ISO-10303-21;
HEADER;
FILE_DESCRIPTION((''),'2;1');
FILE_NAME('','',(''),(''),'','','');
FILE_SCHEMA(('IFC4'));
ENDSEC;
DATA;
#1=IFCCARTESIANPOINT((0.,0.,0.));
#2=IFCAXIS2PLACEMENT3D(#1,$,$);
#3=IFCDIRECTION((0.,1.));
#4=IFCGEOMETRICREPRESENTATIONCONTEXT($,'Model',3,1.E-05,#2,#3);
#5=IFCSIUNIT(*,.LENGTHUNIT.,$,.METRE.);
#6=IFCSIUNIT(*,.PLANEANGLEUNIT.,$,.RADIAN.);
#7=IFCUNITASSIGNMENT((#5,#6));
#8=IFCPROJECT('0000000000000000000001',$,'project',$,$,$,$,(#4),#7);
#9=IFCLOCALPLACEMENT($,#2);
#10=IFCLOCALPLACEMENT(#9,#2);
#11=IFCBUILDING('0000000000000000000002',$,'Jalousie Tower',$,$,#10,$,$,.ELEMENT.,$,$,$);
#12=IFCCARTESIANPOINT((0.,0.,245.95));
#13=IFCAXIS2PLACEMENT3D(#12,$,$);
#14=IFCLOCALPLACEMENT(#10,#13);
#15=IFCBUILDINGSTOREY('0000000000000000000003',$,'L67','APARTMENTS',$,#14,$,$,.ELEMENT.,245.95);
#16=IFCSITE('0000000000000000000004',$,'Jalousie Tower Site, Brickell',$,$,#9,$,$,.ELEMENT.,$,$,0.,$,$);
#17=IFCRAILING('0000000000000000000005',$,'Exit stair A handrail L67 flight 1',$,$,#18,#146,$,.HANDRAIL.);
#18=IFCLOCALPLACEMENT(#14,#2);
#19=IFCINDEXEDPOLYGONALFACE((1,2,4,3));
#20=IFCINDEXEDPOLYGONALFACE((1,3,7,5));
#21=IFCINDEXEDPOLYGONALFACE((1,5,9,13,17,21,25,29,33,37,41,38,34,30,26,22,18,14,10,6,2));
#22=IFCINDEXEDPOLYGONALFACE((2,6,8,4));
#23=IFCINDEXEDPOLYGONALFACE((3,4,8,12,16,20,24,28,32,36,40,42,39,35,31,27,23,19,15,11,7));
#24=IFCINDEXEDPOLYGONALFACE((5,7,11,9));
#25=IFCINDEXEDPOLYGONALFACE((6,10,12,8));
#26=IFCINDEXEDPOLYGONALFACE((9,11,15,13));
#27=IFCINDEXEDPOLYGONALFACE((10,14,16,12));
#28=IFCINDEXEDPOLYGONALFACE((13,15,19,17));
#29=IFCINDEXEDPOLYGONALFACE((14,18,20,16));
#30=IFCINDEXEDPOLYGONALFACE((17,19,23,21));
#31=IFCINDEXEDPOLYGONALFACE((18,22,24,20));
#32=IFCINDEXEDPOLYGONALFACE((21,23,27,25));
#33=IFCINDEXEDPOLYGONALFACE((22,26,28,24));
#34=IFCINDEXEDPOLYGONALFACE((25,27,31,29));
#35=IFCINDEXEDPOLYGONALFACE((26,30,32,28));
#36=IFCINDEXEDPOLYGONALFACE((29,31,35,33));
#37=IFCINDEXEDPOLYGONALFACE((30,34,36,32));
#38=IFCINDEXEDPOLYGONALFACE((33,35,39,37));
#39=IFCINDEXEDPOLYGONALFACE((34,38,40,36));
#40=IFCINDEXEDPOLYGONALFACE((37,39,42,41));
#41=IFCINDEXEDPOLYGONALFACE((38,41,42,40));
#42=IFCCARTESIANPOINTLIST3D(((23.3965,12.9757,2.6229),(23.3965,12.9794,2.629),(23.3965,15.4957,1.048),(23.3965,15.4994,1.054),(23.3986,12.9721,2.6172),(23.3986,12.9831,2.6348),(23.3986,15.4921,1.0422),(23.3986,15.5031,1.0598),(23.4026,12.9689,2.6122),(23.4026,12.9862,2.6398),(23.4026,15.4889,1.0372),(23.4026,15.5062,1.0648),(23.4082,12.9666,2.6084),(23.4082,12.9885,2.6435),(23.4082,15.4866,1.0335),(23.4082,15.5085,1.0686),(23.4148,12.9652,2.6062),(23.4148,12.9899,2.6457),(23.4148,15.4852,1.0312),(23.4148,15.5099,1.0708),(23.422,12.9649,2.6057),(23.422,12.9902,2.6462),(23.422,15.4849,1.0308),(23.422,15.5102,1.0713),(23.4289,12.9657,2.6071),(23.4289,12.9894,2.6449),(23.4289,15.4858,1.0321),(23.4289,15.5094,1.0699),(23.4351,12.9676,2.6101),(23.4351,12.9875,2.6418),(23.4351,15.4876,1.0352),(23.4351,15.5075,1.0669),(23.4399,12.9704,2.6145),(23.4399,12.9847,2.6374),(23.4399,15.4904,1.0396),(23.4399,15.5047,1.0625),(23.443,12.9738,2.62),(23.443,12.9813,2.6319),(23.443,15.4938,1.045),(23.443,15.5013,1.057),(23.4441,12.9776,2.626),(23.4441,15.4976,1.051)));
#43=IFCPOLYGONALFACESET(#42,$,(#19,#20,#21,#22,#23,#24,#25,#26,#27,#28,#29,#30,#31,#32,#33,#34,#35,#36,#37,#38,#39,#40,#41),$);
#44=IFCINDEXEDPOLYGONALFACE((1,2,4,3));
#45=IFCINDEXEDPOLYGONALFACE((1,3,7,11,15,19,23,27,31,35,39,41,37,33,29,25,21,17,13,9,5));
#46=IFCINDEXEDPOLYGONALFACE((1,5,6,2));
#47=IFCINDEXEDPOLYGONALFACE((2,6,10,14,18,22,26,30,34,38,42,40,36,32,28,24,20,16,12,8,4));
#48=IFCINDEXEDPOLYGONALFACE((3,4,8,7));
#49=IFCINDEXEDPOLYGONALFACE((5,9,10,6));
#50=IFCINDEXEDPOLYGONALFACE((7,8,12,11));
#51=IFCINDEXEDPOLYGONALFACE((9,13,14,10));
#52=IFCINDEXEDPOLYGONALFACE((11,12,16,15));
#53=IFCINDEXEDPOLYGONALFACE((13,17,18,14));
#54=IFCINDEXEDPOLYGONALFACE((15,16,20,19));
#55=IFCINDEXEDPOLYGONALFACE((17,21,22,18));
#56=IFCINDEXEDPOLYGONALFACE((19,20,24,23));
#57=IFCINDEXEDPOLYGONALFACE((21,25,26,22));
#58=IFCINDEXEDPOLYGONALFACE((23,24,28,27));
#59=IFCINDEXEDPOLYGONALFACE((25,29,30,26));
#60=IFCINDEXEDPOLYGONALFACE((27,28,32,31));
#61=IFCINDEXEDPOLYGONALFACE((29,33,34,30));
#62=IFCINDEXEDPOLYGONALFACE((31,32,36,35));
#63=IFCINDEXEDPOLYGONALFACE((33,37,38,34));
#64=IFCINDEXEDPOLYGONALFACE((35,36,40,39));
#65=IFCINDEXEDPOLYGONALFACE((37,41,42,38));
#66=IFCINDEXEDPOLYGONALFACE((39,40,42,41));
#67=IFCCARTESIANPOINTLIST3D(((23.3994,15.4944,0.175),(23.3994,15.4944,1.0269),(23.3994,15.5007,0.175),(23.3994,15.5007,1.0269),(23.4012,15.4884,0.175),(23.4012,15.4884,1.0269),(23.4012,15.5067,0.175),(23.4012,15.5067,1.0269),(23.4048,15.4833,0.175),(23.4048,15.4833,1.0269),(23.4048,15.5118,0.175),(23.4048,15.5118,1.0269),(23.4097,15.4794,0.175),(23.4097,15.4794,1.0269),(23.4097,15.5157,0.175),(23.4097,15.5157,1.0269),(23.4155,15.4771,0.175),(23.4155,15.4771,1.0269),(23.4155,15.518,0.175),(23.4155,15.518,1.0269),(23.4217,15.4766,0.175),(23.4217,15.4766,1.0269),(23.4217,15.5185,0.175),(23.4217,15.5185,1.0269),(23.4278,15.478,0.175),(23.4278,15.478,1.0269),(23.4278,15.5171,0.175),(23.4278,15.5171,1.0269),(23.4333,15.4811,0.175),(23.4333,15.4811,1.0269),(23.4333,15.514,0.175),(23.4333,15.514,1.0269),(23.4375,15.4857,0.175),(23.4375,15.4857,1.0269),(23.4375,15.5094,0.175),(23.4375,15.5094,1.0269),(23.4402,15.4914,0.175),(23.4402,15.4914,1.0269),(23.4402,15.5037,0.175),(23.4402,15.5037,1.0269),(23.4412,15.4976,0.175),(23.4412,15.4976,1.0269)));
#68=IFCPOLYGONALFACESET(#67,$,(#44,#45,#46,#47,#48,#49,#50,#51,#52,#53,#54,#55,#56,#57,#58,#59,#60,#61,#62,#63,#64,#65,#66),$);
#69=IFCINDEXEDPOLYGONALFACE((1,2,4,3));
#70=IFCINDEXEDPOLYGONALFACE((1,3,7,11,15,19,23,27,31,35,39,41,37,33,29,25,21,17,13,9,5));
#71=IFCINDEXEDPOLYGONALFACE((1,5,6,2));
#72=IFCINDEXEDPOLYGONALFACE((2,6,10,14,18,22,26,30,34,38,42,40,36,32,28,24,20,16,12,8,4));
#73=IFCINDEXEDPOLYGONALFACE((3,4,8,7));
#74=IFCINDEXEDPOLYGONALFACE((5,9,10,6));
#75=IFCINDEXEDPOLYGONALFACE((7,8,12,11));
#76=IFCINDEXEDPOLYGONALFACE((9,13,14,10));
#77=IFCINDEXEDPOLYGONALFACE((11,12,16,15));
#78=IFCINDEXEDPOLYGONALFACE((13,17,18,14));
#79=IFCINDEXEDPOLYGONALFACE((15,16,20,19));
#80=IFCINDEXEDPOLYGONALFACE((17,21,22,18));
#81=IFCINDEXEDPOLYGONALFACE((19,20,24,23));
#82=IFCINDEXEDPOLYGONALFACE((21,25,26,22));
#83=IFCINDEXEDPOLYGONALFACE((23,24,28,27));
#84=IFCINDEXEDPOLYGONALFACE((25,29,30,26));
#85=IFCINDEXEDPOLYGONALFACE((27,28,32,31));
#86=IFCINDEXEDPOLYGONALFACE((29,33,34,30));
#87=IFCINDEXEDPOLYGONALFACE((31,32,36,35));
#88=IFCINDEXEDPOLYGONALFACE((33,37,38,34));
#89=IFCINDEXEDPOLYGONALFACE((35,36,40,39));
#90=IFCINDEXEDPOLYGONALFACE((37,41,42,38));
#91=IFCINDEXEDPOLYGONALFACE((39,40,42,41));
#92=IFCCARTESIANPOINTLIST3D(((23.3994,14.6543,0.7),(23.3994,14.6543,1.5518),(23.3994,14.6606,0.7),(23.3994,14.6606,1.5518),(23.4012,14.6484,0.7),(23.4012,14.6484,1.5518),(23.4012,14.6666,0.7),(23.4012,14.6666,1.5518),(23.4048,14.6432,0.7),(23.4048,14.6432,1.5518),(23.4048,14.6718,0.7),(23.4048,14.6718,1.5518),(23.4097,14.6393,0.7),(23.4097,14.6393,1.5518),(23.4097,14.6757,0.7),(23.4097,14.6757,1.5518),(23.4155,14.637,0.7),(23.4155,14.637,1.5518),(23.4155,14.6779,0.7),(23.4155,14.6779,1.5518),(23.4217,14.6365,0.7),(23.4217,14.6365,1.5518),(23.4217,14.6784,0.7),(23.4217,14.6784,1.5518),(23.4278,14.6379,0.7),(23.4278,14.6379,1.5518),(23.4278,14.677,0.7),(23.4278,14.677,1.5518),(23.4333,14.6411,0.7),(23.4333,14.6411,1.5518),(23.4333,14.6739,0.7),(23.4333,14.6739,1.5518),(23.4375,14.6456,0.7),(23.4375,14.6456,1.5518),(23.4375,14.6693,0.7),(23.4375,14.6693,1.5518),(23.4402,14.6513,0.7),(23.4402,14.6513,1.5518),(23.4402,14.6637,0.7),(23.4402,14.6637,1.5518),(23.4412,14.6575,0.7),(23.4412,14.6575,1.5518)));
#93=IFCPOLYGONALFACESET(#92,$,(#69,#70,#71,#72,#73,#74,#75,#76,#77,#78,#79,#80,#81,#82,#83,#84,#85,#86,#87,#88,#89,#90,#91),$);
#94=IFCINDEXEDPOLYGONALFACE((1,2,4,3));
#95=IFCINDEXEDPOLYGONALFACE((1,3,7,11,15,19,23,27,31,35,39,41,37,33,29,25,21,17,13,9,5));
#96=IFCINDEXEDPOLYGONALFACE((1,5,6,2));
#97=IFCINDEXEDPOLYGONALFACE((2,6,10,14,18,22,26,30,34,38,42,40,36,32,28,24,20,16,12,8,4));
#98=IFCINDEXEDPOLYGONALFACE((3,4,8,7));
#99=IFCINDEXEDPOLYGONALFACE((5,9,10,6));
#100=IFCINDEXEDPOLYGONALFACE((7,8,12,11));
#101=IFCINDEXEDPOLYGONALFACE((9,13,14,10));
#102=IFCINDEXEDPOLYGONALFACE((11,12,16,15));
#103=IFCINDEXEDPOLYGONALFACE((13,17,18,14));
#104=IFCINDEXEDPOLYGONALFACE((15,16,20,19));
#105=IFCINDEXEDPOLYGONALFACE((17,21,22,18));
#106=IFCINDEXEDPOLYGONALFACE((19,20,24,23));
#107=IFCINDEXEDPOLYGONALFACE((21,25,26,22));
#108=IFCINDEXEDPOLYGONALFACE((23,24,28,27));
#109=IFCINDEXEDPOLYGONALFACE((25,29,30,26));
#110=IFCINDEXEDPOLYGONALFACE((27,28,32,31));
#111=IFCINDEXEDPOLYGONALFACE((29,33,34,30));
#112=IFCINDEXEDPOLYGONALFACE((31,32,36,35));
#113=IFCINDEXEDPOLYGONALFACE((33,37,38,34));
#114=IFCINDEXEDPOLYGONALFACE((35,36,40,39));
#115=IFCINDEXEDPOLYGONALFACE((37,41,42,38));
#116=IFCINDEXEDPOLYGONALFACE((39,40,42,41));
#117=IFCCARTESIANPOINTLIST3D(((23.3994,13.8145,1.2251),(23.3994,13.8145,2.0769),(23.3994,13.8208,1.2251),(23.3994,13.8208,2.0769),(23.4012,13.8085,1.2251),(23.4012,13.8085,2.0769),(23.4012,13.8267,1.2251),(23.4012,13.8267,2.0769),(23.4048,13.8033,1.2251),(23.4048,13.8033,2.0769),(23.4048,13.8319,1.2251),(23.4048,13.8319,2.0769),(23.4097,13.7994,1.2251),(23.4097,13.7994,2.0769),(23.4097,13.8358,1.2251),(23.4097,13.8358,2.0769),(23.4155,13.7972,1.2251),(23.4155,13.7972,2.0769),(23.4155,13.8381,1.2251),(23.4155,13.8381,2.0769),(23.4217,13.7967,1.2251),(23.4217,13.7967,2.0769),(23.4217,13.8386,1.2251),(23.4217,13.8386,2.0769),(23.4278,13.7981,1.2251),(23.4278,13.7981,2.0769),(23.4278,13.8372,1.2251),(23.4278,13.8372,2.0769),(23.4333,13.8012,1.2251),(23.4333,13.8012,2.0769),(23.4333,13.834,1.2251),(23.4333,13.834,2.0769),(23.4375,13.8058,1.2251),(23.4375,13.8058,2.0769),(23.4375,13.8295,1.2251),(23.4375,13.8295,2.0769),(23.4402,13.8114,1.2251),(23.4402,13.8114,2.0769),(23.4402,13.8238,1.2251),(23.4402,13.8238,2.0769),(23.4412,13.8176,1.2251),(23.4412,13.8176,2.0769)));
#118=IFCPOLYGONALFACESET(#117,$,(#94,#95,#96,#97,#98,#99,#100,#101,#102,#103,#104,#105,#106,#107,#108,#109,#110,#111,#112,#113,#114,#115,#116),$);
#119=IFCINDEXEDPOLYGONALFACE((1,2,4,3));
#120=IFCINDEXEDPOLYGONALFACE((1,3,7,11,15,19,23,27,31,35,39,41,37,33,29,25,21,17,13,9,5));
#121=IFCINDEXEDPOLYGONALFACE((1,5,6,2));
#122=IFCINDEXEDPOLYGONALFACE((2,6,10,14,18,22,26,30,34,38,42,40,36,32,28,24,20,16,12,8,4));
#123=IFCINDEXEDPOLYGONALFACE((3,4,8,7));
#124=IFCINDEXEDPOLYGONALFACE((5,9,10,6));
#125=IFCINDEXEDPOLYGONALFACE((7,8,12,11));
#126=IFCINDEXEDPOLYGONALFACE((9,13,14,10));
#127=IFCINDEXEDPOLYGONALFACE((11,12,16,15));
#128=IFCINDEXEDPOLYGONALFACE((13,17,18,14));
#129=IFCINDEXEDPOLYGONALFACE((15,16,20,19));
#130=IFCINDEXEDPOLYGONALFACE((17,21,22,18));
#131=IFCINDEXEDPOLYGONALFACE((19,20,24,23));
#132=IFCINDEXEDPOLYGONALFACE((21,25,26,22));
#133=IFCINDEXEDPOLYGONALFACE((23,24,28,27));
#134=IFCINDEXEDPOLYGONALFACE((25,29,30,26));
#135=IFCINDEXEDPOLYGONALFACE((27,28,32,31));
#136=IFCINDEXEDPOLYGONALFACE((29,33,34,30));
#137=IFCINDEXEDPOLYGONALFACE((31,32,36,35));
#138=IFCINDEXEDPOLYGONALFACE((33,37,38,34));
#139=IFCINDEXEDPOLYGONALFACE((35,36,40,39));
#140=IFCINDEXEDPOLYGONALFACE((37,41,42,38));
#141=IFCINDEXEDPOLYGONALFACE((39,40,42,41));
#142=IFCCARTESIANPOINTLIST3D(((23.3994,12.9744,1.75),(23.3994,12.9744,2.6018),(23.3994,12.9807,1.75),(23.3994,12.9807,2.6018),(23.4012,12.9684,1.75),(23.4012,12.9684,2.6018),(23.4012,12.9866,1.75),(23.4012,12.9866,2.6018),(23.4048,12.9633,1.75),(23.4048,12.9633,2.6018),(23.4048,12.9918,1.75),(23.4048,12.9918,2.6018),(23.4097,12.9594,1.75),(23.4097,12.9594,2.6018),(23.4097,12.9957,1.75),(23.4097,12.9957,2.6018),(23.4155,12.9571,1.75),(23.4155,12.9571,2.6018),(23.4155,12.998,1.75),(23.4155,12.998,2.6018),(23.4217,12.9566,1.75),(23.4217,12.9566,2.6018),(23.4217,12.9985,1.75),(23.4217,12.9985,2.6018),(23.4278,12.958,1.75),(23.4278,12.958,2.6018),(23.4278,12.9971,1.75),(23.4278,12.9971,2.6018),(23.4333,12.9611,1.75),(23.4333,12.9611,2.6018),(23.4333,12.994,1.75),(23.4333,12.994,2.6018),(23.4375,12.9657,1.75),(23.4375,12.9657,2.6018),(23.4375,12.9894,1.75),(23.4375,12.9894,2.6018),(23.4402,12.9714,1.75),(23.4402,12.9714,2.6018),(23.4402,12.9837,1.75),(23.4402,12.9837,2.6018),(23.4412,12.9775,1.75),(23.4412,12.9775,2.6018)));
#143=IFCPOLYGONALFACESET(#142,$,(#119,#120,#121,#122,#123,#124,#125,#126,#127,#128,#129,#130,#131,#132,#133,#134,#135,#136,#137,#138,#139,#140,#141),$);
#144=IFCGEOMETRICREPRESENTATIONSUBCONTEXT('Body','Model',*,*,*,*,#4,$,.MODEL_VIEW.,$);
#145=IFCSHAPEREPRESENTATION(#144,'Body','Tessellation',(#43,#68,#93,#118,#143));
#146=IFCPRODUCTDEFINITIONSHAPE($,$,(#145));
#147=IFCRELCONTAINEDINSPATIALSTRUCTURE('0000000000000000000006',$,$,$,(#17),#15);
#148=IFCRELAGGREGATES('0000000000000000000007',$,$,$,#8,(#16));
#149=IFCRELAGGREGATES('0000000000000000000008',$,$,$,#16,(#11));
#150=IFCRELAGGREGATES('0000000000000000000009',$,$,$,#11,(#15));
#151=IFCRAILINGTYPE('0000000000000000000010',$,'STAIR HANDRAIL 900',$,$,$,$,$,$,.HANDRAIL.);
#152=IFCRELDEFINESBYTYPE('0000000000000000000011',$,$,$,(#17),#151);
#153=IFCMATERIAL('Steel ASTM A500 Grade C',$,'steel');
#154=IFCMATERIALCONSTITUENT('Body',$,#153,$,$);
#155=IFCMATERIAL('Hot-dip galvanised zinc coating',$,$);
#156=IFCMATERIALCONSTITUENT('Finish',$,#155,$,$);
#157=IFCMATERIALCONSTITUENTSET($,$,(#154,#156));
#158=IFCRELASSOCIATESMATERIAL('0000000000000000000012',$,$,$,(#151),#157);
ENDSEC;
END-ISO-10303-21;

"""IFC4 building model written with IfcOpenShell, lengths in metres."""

from ifc_helpers import new_model, si_unit, direction, frame, origin, origin_2d, place, context, subcontext, project, spatial, circle, extrude, material, constituent, constituent_set, type_object, element, save


model = new_model("IFC4")

# Units and contexts
model_context = context("Model", 3, precision=1e-05, world=origin(), true_north=direction((0.0, 1.0)))
body_context = subcontext(model_context, "Body", "Model", "MODEL_VIEW")
ifc_project = project(units=[si_unit("LENGTHUNIT", "METRE"), si_unit("PLANEANGLEUNIT", "RADIAN")], contexts=[model_context])

# Site, building, storey
site_placement = place(None, origin())
site = spatial("IfcSite", under=ifc_project, at=site_placement, Name="Jalousie Tower Site, Brickell", CompositionType="ELEMENT", RefElevation=0.0)
building_placement = place(site_placement, origin())
building = spatial("IfcBuilding", under=site, at=building_placement, Name="Jalousie Tower", CompositionType="ELEMENT")
storey_placement = place(building_placement, frame((0.0, 0.0, 245.95)))
storey = spatial("IfcBuildingStorey", under=building, at=storey_placement, Name="L67", Description="APARTMENTS", CompositionType="ELEMENT", Elevation=245.95)

# Railing
ifc_material_1 = material(Name="Steel ASTM A500 Grade C", Category="steel")
ifc_constituent_1 = constituent(ifc_material_1, Name="Body")
ifc_material_2 = material(Name="Hot-dip galvanised zinc coating")
ifc_constituent_2 = constituent(ifc_material_2, Name="Finish")
ifc_constituent_set_1 = constituent_set(constituents=[ifc_constituent_1, ifc_constituent_2])
railing_type_1 = type_object("IfcRailingType", Name="STAIR HANDRAIL 900", PredefinedType="HANDRAIL", material=ifc_constituent_set_1)
railing_1_placement = place(storey_placement, frame((23.4202, 15.4976, 0.175)))
element("IfcRailing", 1, at=railing_1_placement, inside=storey, type_object=railing_type_1, Name="Exit stair A handrail L67 flight 1", PredefinedType="HANDRAIL", context=body_context, shape_type="SweptSolid", body=[
    extrude(circle(Radius=0.0239, at=origin_2d()), frame((0.0, 0.0, 0.876), z_axis=(0.0, -0.848008, 0.529984), x_axis=(1.0, 0.0, 0.0)), (0.0, 0.0, 1.0), 2.9717),
    extrude(circle(Radius=0.021, at=origin_2d()), origin(), (0.0, 0.0, 1.0), 0.8518),
    extrude(circle(Radius=0.021, at=origin_2d()), frame((0.0, -0.8401, 0.5249)), (0.0, 0.0, 1.0), 0.8518),
    extrude(circle(Radius=0.021, at=origin_2d()), frame((0.0, -1.6799, 1.05)), (0.0, 0.0, 1.0), 0.8518),
    extrude(circle(Radius=0.021, at=origin_2d()), frame((0.0, -2.52, 1.575)), (0.0, 0.0, 1.0), 0.8518),
])

save(model, "model.ifc")
